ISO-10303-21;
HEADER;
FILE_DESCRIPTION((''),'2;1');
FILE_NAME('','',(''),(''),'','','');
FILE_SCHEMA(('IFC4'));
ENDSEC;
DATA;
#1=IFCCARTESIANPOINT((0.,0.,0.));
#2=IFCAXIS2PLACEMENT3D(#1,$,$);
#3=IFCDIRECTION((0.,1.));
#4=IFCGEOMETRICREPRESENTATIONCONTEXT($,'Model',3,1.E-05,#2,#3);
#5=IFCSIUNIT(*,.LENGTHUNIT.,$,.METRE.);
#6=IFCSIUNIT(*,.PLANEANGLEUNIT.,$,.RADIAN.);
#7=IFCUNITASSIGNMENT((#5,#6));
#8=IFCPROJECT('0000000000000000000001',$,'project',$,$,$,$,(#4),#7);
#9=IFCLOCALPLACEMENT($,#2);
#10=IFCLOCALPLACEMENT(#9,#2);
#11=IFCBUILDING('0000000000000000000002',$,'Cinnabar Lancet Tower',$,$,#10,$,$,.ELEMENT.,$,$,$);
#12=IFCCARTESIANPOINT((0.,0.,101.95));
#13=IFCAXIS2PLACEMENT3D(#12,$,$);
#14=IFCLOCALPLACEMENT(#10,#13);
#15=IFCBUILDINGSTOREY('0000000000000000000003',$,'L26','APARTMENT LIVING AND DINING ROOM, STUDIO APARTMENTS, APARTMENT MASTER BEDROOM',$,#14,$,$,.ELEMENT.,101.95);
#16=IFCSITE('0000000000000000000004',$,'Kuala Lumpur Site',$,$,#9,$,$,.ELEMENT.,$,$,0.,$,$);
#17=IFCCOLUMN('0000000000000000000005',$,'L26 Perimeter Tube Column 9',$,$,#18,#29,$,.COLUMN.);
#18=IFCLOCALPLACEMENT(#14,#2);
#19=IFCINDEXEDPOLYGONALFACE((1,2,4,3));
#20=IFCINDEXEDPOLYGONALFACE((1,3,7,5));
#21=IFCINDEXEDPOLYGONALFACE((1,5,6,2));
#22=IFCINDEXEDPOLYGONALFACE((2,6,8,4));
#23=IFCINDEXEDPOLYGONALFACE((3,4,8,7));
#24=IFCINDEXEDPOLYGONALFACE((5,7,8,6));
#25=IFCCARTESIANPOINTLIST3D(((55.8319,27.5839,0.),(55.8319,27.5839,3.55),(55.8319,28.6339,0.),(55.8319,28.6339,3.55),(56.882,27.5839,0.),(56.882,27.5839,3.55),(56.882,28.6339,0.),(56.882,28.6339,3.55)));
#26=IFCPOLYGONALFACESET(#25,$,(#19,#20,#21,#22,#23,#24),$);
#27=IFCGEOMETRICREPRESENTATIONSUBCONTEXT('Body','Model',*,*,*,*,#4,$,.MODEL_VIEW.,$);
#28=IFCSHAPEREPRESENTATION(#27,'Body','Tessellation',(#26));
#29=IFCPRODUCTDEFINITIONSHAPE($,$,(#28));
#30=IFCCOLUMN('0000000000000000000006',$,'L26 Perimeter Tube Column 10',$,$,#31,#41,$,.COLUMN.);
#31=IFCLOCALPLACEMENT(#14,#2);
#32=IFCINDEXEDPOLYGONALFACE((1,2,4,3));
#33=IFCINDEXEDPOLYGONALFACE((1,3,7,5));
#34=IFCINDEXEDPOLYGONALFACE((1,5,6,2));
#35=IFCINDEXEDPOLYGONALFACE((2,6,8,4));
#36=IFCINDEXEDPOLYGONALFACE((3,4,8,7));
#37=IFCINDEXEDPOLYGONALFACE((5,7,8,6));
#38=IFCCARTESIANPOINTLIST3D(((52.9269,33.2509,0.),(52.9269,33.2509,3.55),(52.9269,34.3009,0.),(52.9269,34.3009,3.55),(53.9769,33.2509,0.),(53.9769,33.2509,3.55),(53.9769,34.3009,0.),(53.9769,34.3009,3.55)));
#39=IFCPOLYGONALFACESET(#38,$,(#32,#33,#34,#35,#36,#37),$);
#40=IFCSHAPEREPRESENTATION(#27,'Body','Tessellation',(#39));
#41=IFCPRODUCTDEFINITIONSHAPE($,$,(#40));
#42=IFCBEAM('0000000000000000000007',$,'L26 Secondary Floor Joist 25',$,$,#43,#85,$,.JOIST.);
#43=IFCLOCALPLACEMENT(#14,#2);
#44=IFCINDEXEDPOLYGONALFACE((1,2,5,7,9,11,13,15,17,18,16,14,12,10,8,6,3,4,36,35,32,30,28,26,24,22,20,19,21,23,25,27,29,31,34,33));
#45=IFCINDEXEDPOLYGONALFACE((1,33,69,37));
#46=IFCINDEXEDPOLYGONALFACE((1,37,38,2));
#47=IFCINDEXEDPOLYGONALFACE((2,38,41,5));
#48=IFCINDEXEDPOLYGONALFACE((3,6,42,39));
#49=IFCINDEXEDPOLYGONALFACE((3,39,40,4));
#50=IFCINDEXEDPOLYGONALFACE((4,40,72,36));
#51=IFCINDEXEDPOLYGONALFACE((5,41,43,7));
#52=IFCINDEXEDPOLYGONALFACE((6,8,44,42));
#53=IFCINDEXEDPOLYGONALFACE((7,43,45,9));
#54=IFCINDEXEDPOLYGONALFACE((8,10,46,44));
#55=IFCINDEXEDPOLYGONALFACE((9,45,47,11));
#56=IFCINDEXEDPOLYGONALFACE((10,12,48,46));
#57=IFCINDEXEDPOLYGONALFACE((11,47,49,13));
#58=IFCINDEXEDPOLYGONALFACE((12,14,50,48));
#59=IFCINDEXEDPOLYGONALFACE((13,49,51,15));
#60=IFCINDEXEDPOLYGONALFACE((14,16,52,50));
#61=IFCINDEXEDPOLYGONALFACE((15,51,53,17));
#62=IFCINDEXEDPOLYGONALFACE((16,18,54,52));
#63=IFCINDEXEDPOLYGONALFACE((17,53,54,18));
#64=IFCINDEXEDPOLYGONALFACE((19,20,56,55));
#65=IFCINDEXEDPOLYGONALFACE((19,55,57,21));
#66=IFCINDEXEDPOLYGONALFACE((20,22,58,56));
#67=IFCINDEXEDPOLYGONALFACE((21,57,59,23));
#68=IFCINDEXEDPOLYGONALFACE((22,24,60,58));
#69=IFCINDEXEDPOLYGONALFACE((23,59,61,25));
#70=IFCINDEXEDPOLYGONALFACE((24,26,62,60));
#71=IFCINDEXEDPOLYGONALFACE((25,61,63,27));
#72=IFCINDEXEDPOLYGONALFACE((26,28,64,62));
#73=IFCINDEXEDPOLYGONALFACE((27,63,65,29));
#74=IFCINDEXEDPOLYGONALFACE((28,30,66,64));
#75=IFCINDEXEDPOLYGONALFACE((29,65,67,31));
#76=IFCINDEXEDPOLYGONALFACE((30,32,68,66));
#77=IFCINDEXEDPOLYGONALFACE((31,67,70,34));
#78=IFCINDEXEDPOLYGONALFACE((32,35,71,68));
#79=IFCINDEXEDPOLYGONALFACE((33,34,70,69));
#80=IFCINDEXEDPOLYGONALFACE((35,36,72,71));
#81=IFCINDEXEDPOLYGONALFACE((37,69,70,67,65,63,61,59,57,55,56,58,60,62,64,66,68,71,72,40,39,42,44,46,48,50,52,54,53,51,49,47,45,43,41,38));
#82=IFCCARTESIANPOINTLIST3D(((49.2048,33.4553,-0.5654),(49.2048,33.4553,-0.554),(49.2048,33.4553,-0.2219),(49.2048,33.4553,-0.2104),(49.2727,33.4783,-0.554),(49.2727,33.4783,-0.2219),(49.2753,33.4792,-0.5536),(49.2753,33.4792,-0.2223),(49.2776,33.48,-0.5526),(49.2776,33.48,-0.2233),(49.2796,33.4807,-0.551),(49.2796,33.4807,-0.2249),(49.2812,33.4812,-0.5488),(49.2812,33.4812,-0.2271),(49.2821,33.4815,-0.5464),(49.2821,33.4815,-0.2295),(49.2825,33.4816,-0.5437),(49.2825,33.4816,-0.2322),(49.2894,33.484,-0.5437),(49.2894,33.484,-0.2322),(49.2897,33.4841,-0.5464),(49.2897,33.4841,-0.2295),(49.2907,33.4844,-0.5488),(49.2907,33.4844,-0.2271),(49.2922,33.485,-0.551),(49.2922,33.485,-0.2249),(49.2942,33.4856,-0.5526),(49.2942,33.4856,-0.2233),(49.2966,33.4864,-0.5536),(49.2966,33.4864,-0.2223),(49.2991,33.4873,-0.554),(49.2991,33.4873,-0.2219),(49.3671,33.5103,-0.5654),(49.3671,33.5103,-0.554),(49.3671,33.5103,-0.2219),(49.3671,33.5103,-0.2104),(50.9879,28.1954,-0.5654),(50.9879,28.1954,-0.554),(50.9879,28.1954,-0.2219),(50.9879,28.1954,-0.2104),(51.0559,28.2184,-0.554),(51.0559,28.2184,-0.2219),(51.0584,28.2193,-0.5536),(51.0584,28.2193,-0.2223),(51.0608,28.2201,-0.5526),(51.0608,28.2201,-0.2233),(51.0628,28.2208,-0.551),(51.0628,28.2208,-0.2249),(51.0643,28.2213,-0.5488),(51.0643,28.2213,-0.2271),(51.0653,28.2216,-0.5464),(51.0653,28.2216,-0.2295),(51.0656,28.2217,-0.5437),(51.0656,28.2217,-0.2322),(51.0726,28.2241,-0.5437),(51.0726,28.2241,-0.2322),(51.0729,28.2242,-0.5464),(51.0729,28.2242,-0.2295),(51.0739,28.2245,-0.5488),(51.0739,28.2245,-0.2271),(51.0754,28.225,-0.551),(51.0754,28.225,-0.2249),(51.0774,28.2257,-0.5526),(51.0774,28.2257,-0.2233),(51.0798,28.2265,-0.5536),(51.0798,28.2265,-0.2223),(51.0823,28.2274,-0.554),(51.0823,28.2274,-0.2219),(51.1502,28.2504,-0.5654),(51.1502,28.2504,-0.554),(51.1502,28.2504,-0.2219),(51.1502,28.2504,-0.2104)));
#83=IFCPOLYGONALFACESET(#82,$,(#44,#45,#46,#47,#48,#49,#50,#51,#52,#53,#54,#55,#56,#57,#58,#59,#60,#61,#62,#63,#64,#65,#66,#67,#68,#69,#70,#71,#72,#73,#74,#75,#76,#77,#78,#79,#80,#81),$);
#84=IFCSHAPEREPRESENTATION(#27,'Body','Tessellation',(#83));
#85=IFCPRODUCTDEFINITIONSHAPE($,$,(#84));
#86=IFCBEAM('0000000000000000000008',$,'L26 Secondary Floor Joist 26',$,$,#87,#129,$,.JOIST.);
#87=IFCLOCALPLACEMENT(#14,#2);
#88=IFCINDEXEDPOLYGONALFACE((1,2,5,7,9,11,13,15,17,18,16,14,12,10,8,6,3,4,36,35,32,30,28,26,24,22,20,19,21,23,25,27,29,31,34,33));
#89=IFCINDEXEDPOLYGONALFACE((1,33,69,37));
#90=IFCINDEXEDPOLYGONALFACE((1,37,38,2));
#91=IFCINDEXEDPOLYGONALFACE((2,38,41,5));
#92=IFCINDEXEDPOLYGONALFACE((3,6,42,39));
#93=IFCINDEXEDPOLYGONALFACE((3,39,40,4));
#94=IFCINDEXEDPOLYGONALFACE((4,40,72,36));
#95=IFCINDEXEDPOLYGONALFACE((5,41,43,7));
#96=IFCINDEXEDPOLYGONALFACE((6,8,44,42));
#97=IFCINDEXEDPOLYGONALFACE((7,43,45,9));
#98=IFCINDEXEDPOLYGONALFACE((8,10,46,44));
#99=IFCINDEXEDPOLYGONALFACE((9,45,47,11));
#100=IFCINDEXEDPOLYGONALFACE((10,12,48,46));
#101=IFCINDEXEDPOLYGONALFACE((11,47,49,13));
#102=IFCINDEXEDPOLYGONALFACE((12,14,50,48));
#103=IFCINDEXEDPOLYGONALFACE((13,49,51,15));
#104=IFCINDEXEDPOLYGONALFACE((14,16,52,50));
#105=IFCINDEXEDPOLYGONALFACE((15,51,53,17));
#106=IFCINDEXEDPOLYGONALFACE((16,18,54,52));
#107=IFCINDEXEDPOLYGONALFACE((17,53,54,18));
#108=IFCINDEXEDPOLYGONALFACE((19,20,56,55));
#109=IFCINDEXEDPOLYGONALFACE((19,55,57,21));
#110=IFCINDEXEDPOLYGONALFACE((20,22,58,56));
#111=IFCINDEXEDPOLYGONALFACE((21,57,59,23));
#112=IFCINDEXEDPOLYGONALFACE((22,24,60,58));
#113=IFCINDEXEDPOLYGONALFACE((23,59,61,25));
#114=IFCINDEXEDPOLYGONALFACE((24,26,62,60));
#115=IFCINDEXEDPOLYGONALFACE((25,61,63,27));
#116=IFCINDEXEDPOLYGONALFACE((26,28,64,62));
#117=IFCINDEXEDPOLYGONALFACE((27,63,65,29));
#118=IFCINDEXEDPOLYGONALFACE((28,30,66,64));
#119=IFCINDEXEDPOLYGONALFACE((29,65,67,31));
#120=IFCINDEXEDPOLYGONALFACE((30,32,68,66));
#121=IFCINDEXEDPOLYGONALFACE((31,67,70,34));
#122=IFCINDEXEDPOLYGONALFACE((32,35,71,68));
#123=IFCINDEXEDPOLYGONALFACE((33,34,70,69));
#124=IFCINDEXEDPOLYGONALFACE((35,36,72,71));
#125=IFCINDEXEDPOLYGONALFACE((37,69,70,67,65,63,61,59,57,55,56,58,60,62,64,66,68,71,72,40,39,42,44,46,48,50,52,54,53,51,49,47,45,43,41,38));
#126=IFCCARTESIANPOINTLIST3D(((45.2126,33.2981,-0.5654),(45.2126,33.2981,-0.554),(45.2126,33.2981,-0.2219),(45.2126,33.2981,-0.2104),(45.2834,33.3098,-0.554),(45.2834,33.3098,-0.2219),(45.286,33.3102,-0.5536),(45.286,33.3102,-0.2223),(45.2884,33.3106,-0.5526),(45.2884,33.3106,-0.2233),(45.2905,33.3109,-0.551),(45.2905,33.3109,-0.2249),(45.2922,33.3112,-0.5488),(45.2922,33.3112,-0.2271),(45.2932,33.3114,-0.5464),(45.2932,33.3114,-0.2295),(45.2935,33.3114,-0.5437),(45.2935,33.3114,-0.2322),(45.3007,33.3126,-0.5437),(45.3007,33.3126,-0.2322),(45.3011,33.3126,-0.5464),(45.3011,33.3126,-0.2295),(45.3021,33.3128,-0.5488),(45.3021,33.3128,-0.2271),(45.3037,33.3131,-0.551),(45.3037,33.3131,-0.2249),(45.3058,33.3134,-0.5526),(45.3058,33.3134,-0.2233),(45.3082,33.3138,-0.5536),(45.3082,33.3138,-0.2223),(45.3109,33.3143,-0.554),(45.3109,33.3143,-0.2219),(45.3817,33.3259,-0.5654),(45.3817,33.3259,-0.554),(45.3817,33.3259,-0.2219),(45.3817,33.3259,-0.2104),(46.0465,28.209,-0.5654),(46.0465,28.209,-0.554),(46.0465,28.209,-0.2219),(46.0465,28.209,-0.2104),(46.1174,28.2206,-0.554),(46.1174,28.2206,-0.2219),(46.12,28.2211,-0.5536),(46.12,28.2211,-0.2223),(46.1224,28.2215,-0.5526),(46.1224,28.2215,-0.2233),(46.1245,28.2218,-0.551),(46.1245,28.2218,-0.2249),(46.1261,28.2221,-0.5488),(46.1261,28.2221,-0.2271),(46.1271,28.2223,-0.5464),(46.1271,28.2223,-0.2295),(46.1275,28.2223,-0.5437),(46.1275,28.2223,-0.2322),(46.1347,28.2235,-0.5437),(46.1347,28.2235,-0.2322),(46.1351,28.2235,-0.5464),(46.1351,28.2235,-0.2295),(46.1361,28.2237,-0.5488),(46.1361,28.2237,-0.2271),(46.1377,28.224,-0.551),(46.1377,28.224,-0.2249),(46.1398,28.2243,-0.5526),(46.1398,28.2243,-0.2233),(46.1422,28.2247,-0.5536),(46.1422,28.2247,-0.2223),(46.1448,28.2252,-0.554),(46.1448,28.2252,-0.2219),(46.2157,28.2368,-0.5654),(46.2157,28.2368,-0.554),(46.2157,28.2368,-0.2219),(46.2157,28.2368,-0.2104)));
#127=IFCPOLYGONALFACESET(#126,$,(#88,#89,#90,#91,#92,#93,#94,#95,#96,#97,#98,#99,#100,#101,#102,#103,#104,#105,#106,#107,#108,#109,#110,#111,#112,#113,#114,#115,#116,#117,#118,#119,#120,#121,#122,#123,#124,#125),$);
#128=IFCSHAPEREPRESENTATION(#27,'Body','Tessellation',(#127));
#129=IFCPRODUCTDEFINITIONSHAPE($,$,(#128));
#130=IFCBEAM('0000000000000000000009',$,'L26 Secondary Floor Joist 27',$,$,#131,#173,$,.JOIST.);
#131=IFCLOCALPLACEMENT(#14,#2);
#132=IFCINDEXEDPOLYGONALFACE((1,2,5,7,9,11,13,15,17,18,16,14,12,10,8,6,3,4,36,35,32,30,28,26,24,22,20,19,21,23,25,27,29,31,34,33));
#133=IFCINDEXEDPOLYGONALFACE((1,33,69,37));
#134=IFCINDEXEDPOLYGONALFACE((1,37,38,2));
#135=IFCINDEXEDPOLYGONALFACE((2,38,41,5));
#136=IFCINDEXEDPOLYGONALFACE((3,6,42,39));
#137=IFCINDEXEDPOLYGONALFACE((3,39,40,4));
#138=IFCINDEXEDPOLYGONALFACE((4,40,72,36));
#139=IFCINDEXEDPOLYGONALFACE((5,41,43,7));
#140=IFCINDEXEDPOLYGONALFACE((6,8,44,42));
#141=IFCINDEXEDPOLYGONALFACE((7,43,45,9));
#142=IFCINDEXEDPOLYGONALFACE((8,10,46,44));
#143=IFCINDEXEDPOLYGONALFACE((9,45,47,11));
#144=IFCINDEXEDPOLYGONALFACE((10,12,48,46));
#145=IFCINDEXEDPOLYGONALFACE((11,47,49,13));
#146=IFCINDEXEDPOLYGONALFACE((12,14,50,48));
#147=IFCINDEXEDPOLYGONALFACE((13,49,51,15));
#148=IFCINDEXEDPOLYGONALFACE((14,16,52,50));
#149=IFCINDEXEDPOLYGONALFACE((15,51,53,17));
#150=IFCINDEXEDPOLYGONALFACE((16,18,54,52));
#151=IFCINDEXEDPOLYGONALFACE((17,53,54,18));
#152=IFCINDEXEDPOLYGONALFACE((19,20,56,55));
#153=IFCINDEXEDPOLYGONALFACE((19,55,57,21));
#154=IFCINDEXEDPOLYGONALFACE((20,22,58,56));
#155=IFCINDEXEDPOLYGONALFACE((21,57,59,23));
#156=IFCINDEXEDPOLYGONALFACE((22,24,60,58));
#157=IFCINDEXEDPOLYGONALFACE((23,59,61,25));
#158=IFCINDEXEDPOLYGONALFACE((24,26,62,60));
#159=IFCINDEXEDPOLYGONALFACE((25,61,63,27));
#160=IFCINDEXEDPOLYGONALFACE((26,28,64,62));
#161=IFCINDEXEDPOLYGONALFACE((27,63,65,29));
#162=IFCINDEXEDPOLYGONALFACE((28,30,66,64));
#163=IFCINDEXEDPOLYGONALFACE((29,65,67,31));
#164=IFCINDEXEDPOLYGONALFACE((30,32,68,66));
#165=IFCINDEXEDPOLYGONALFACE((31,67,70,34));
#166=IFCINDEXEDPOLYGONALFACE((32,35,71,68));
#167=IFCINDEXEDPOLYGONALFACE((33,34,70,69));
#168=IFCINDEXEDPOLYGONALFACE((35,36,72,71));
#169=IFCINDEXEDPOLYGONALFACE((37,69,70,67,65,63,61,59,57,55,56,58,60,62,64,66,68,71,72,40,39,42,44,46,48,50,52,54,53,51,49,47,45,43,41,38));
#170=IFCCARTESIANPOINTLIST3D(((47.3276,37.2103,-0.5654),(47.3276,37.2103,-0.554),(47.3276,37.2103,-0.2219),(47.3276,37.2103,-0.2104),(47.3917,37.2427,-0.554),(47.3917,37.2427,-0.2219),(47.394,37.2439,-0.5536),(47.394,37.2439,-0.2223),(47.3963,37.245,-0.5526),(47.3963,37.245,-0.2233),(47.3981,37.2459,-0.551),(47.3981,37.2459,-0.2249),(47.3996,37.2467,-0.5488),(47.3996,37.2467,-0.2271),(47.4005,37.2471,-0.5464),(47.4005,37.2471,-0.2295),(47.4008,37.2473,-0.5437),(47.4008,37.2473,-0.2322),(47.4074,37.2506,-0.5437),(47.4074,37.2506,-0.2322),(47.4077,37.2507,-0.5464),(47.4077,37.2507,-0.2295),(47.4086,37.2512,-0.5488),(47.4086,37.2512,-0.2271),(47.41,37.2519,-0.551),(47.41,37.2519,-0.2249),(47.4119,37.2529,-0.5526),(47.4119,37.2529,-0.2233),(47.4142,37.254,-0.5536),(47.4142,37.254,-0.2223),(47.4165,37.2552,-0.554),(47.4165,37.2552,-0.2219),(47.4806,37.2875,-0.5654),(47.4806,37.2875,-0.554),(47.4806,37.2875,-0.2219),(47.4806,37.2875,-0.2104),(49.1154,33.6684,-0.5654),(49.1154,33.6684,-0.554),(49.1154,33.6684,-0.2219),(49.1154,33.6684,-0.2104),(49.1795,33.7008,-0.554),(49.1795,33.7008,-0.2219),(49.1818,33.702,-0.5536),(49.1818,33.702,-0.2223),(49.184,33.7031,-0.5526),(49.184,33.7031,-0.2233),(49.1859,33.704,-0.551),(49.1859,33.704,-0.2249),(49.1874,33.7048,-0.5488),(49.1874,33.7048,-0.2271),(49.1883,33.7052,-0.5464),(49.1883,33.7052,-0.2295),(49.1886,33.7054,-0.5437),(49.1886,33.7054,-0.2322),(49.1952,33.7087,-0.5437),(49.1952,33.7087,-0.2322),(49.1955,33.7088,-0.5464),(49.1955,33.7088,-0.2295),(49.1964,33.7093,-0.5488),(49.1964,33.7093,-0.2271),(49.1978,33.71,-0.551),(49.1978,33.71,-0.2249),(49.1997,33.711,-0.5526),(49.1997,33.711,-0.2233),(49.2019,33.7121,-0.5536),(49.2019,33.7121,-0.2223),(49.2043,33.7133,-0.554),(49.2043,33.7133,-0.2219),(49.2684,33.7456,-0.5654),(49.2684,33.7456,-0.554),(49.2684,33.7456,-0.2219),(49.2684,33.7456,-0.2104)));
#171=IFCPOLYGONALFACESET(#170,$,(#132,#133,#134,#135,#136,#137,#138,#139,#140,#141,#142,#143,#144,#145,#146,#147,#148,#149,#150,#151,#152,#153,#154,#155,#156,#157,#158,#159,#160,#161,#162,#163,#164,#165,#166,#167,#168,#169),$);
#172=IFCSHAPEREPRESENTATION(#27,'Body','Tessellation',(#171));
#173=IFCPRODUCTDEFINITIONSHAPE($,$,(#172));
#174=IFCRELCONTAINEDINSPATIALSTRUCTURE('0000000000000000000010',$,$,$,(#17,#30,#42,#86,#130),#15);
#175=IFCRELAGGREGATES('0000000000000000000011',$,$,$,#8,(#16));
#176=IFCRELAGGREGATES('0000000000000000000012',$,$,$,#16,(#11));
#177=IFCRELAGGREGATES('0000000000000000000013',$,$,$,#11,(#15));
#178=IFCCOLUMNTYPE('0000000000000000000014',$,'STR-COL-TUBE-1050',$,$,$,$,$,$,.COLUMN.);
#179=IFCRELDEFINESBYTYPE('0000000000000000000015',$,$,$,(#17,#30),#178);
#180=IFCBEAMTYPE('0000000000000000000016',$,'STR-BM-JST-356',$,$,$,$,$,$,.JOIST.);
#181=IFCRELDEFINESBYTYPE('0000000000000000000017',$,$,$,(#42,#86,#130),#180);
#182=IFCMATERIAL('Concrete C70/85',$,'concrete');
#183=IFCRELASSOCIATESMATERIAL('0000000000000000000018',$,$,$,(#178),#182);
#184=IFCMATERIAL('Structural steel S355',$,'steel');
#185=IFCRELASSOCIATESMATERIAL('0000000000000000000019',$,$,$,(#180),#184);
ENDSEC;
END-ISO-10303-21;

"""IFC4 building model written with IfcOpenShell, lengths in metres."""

from ifc_helpers import new_model, si_unit, direction, frame, origin, origin_2d, place, context, subcontext, project, spatial, rectangle, i_section, extrude, material, material_profile, profile_set, type_object, element, save


model = new_model("IFC4")

# Units and contexts
model_context = context("Model", 3, precision=1e-05, world=origin(), true_north=direction((0.0, 1.0)))
body_context = subcontext(model_context, "Body", "Model", "MODEL_VIEW")
ifc_project = project(units=[si_unit("LENGTHUNIT", "METRE"), si_unit("PLANEANGLEUNIT", "RADIAN")], contexts=[model_context])

# Site, building, storey
site_placement = place(None, origin())
site = spatial("IfcSite", under=ifc_project, at=site_placement, Name="Kuala Lumpur Site", CompositionType="ELEMENT", RefElevation=0.0)
building_placement = place(site_placement, origin())
building = spatial("IfcBuilding", under=site, at=building_placement, Name="Cinnabar Lancet Tower", CompositionType="ELEMENT")
storey_placement = place(building_placement, frame((0.0, 0.0, 101.95)))
storey = spatial("IfcBuildingStorey", under=building, at=storey_placement, Name="L26", Description="APARTMENT LIVING AND DINING ROOM, STUDIO APARTMENTS, APARTMENT MASTER BEDROOM", CompositionType="ELEMENT", Elevation=101.95)

# Columns
ifc_material_1 = material(Name="Concrete C70/85", Category="concrete")
ifc_material_profile_1 = material_profile(ifc_material_1, rectangle(XDim=1.05, YDim=1.05, at=origin_2d()), Name="RC-COL 1050x1050")
ifc_profile_set_1 = profile_set([ifc_material_profile_1], Name="Concrete C70/85")
column_type = type_object("IfcColumnType", Name="STR-COL-TUBE-1050", PredefinedType="COLUMN", material=ifc_profile_set_1)
for number, where, z_axis, x_axis, name in (
    (1, (56.3569, 28.1089, 0.0), (0.0, 0.0, 1.0), (1.0, 0.0, 0.0), "L26 Perimeter Tube Column 9"),
    (2, (53.4519, 33.7759, 0.0), (0.0, 0.0, 1.0), (1.0, 0.0, 0.0), "L26 Perimeter Tube Column 10"),
):
    element("IfcColumn", number, at=place(storey_placement, frame(where, z_axis=z_axis, x_axis=x_axis)), inside=storey, type_object=column_type, Name=name, PredefinedType="COLUMN", context=body_context, shape_type="SweptSolid", body=[
        extrude(rectangle(XDim=1.05, YDim=1.05, at=origin_2d()), origin(), (0.0, 0.0, 1.0), 3.55),
    ])

# Beams
ifc_material_2 = material(Name="Structural steel S355", Category="steel")
ifc_material_profile_2 = material_profile(ifc_material_2, i_section(OverallWidth=0.1714, OverallDepth=0.355, WebThickness=0.0073, FlangeThickness=0.0115, FilletRadius=0.0103, at=origin_2d()), Name="UKB 356x171x51")
ifc_profile_set_2 = profile_set([ifc_material_profile_2], Name="Structural steel S355")
beam_type_1 = type_object("IfcBeamType", Name="STR-BM-JST-356", PredefinedType="JOIST", material=ifc_profile_set_2)
beam_1_placement = place(storey_placement, frame((51.0691, 28.2229, -0.3879), z_axis=(-0.321063, 0.947058, 0.0), x_axis=(-0.947058, -0.321063, 0.0)))
element("IfcBeam", 3, at=beam_1_placement, inside=storey, type_object=beam_type_1, Name="L26 Secondary Floor Joist 25", PredefinedType="JOIST", context=body_context, shape_type="SweptSolid", body=[
    extrude(i_section(OverallWidth=0.1714, OverallDepth=0.355, WebThickness=0.0073, FlangeThickness=0.0115, FilletRadius=0.0103, at=origin_2d()), origin(), (0.0, 0.0, 1.0), 5.554),
])
beam_2_placement = place(storey_placement, frame((46.1311, 28.2229, -0.3879), z_axis=(-0.161719, 0.986837, 0.0), x_axis=(-0.986837, -0.161719, 0.0)))
element("IfcBeam", 4, at=beam_2_placement, inside=storey, type_object=beam_type_1, Name="L26 Secondary Floor Joist 26", PredefinedType="JOIST", context=body_context, shape_type="SweptSolid", body=[
    extrude(i_section(OverallWidth=0.1714, OverallDepth=0.355, WebThickness=0.0073, FlangeThickness=0.0115, FilletRadius=0.0103, at=origin_2d()), origin(), (0.0, 0.0, 1.0), 5.157),
])
beam_3_placement = place(storey_placement, frame((49.1919, 33.707, -0.3879), z_axis=(-0.450607, 0.892722, 0.0), x_axis=(-0.892722, -0.450607, 0.0)))
element("IfcBeam", 5, at=beam_3_placement, inside=storey, type_object=beam_type_1, Name="L26 Secondary Floor Joist 27", PredefinedType="JOIST", context=body_context, shape_type="SweptSolid", body=[
    extrude(i_section(OverallWidth=0.1714, OverallDepth=0.355, WebThickness=0.0073, FlangeThickness=0.0115, FilletRadius=0.0103, at=origin_2d()), origin(), (0.0, 0.0, 1.0), 3.9675),
])

save(model, "model.ifc")
